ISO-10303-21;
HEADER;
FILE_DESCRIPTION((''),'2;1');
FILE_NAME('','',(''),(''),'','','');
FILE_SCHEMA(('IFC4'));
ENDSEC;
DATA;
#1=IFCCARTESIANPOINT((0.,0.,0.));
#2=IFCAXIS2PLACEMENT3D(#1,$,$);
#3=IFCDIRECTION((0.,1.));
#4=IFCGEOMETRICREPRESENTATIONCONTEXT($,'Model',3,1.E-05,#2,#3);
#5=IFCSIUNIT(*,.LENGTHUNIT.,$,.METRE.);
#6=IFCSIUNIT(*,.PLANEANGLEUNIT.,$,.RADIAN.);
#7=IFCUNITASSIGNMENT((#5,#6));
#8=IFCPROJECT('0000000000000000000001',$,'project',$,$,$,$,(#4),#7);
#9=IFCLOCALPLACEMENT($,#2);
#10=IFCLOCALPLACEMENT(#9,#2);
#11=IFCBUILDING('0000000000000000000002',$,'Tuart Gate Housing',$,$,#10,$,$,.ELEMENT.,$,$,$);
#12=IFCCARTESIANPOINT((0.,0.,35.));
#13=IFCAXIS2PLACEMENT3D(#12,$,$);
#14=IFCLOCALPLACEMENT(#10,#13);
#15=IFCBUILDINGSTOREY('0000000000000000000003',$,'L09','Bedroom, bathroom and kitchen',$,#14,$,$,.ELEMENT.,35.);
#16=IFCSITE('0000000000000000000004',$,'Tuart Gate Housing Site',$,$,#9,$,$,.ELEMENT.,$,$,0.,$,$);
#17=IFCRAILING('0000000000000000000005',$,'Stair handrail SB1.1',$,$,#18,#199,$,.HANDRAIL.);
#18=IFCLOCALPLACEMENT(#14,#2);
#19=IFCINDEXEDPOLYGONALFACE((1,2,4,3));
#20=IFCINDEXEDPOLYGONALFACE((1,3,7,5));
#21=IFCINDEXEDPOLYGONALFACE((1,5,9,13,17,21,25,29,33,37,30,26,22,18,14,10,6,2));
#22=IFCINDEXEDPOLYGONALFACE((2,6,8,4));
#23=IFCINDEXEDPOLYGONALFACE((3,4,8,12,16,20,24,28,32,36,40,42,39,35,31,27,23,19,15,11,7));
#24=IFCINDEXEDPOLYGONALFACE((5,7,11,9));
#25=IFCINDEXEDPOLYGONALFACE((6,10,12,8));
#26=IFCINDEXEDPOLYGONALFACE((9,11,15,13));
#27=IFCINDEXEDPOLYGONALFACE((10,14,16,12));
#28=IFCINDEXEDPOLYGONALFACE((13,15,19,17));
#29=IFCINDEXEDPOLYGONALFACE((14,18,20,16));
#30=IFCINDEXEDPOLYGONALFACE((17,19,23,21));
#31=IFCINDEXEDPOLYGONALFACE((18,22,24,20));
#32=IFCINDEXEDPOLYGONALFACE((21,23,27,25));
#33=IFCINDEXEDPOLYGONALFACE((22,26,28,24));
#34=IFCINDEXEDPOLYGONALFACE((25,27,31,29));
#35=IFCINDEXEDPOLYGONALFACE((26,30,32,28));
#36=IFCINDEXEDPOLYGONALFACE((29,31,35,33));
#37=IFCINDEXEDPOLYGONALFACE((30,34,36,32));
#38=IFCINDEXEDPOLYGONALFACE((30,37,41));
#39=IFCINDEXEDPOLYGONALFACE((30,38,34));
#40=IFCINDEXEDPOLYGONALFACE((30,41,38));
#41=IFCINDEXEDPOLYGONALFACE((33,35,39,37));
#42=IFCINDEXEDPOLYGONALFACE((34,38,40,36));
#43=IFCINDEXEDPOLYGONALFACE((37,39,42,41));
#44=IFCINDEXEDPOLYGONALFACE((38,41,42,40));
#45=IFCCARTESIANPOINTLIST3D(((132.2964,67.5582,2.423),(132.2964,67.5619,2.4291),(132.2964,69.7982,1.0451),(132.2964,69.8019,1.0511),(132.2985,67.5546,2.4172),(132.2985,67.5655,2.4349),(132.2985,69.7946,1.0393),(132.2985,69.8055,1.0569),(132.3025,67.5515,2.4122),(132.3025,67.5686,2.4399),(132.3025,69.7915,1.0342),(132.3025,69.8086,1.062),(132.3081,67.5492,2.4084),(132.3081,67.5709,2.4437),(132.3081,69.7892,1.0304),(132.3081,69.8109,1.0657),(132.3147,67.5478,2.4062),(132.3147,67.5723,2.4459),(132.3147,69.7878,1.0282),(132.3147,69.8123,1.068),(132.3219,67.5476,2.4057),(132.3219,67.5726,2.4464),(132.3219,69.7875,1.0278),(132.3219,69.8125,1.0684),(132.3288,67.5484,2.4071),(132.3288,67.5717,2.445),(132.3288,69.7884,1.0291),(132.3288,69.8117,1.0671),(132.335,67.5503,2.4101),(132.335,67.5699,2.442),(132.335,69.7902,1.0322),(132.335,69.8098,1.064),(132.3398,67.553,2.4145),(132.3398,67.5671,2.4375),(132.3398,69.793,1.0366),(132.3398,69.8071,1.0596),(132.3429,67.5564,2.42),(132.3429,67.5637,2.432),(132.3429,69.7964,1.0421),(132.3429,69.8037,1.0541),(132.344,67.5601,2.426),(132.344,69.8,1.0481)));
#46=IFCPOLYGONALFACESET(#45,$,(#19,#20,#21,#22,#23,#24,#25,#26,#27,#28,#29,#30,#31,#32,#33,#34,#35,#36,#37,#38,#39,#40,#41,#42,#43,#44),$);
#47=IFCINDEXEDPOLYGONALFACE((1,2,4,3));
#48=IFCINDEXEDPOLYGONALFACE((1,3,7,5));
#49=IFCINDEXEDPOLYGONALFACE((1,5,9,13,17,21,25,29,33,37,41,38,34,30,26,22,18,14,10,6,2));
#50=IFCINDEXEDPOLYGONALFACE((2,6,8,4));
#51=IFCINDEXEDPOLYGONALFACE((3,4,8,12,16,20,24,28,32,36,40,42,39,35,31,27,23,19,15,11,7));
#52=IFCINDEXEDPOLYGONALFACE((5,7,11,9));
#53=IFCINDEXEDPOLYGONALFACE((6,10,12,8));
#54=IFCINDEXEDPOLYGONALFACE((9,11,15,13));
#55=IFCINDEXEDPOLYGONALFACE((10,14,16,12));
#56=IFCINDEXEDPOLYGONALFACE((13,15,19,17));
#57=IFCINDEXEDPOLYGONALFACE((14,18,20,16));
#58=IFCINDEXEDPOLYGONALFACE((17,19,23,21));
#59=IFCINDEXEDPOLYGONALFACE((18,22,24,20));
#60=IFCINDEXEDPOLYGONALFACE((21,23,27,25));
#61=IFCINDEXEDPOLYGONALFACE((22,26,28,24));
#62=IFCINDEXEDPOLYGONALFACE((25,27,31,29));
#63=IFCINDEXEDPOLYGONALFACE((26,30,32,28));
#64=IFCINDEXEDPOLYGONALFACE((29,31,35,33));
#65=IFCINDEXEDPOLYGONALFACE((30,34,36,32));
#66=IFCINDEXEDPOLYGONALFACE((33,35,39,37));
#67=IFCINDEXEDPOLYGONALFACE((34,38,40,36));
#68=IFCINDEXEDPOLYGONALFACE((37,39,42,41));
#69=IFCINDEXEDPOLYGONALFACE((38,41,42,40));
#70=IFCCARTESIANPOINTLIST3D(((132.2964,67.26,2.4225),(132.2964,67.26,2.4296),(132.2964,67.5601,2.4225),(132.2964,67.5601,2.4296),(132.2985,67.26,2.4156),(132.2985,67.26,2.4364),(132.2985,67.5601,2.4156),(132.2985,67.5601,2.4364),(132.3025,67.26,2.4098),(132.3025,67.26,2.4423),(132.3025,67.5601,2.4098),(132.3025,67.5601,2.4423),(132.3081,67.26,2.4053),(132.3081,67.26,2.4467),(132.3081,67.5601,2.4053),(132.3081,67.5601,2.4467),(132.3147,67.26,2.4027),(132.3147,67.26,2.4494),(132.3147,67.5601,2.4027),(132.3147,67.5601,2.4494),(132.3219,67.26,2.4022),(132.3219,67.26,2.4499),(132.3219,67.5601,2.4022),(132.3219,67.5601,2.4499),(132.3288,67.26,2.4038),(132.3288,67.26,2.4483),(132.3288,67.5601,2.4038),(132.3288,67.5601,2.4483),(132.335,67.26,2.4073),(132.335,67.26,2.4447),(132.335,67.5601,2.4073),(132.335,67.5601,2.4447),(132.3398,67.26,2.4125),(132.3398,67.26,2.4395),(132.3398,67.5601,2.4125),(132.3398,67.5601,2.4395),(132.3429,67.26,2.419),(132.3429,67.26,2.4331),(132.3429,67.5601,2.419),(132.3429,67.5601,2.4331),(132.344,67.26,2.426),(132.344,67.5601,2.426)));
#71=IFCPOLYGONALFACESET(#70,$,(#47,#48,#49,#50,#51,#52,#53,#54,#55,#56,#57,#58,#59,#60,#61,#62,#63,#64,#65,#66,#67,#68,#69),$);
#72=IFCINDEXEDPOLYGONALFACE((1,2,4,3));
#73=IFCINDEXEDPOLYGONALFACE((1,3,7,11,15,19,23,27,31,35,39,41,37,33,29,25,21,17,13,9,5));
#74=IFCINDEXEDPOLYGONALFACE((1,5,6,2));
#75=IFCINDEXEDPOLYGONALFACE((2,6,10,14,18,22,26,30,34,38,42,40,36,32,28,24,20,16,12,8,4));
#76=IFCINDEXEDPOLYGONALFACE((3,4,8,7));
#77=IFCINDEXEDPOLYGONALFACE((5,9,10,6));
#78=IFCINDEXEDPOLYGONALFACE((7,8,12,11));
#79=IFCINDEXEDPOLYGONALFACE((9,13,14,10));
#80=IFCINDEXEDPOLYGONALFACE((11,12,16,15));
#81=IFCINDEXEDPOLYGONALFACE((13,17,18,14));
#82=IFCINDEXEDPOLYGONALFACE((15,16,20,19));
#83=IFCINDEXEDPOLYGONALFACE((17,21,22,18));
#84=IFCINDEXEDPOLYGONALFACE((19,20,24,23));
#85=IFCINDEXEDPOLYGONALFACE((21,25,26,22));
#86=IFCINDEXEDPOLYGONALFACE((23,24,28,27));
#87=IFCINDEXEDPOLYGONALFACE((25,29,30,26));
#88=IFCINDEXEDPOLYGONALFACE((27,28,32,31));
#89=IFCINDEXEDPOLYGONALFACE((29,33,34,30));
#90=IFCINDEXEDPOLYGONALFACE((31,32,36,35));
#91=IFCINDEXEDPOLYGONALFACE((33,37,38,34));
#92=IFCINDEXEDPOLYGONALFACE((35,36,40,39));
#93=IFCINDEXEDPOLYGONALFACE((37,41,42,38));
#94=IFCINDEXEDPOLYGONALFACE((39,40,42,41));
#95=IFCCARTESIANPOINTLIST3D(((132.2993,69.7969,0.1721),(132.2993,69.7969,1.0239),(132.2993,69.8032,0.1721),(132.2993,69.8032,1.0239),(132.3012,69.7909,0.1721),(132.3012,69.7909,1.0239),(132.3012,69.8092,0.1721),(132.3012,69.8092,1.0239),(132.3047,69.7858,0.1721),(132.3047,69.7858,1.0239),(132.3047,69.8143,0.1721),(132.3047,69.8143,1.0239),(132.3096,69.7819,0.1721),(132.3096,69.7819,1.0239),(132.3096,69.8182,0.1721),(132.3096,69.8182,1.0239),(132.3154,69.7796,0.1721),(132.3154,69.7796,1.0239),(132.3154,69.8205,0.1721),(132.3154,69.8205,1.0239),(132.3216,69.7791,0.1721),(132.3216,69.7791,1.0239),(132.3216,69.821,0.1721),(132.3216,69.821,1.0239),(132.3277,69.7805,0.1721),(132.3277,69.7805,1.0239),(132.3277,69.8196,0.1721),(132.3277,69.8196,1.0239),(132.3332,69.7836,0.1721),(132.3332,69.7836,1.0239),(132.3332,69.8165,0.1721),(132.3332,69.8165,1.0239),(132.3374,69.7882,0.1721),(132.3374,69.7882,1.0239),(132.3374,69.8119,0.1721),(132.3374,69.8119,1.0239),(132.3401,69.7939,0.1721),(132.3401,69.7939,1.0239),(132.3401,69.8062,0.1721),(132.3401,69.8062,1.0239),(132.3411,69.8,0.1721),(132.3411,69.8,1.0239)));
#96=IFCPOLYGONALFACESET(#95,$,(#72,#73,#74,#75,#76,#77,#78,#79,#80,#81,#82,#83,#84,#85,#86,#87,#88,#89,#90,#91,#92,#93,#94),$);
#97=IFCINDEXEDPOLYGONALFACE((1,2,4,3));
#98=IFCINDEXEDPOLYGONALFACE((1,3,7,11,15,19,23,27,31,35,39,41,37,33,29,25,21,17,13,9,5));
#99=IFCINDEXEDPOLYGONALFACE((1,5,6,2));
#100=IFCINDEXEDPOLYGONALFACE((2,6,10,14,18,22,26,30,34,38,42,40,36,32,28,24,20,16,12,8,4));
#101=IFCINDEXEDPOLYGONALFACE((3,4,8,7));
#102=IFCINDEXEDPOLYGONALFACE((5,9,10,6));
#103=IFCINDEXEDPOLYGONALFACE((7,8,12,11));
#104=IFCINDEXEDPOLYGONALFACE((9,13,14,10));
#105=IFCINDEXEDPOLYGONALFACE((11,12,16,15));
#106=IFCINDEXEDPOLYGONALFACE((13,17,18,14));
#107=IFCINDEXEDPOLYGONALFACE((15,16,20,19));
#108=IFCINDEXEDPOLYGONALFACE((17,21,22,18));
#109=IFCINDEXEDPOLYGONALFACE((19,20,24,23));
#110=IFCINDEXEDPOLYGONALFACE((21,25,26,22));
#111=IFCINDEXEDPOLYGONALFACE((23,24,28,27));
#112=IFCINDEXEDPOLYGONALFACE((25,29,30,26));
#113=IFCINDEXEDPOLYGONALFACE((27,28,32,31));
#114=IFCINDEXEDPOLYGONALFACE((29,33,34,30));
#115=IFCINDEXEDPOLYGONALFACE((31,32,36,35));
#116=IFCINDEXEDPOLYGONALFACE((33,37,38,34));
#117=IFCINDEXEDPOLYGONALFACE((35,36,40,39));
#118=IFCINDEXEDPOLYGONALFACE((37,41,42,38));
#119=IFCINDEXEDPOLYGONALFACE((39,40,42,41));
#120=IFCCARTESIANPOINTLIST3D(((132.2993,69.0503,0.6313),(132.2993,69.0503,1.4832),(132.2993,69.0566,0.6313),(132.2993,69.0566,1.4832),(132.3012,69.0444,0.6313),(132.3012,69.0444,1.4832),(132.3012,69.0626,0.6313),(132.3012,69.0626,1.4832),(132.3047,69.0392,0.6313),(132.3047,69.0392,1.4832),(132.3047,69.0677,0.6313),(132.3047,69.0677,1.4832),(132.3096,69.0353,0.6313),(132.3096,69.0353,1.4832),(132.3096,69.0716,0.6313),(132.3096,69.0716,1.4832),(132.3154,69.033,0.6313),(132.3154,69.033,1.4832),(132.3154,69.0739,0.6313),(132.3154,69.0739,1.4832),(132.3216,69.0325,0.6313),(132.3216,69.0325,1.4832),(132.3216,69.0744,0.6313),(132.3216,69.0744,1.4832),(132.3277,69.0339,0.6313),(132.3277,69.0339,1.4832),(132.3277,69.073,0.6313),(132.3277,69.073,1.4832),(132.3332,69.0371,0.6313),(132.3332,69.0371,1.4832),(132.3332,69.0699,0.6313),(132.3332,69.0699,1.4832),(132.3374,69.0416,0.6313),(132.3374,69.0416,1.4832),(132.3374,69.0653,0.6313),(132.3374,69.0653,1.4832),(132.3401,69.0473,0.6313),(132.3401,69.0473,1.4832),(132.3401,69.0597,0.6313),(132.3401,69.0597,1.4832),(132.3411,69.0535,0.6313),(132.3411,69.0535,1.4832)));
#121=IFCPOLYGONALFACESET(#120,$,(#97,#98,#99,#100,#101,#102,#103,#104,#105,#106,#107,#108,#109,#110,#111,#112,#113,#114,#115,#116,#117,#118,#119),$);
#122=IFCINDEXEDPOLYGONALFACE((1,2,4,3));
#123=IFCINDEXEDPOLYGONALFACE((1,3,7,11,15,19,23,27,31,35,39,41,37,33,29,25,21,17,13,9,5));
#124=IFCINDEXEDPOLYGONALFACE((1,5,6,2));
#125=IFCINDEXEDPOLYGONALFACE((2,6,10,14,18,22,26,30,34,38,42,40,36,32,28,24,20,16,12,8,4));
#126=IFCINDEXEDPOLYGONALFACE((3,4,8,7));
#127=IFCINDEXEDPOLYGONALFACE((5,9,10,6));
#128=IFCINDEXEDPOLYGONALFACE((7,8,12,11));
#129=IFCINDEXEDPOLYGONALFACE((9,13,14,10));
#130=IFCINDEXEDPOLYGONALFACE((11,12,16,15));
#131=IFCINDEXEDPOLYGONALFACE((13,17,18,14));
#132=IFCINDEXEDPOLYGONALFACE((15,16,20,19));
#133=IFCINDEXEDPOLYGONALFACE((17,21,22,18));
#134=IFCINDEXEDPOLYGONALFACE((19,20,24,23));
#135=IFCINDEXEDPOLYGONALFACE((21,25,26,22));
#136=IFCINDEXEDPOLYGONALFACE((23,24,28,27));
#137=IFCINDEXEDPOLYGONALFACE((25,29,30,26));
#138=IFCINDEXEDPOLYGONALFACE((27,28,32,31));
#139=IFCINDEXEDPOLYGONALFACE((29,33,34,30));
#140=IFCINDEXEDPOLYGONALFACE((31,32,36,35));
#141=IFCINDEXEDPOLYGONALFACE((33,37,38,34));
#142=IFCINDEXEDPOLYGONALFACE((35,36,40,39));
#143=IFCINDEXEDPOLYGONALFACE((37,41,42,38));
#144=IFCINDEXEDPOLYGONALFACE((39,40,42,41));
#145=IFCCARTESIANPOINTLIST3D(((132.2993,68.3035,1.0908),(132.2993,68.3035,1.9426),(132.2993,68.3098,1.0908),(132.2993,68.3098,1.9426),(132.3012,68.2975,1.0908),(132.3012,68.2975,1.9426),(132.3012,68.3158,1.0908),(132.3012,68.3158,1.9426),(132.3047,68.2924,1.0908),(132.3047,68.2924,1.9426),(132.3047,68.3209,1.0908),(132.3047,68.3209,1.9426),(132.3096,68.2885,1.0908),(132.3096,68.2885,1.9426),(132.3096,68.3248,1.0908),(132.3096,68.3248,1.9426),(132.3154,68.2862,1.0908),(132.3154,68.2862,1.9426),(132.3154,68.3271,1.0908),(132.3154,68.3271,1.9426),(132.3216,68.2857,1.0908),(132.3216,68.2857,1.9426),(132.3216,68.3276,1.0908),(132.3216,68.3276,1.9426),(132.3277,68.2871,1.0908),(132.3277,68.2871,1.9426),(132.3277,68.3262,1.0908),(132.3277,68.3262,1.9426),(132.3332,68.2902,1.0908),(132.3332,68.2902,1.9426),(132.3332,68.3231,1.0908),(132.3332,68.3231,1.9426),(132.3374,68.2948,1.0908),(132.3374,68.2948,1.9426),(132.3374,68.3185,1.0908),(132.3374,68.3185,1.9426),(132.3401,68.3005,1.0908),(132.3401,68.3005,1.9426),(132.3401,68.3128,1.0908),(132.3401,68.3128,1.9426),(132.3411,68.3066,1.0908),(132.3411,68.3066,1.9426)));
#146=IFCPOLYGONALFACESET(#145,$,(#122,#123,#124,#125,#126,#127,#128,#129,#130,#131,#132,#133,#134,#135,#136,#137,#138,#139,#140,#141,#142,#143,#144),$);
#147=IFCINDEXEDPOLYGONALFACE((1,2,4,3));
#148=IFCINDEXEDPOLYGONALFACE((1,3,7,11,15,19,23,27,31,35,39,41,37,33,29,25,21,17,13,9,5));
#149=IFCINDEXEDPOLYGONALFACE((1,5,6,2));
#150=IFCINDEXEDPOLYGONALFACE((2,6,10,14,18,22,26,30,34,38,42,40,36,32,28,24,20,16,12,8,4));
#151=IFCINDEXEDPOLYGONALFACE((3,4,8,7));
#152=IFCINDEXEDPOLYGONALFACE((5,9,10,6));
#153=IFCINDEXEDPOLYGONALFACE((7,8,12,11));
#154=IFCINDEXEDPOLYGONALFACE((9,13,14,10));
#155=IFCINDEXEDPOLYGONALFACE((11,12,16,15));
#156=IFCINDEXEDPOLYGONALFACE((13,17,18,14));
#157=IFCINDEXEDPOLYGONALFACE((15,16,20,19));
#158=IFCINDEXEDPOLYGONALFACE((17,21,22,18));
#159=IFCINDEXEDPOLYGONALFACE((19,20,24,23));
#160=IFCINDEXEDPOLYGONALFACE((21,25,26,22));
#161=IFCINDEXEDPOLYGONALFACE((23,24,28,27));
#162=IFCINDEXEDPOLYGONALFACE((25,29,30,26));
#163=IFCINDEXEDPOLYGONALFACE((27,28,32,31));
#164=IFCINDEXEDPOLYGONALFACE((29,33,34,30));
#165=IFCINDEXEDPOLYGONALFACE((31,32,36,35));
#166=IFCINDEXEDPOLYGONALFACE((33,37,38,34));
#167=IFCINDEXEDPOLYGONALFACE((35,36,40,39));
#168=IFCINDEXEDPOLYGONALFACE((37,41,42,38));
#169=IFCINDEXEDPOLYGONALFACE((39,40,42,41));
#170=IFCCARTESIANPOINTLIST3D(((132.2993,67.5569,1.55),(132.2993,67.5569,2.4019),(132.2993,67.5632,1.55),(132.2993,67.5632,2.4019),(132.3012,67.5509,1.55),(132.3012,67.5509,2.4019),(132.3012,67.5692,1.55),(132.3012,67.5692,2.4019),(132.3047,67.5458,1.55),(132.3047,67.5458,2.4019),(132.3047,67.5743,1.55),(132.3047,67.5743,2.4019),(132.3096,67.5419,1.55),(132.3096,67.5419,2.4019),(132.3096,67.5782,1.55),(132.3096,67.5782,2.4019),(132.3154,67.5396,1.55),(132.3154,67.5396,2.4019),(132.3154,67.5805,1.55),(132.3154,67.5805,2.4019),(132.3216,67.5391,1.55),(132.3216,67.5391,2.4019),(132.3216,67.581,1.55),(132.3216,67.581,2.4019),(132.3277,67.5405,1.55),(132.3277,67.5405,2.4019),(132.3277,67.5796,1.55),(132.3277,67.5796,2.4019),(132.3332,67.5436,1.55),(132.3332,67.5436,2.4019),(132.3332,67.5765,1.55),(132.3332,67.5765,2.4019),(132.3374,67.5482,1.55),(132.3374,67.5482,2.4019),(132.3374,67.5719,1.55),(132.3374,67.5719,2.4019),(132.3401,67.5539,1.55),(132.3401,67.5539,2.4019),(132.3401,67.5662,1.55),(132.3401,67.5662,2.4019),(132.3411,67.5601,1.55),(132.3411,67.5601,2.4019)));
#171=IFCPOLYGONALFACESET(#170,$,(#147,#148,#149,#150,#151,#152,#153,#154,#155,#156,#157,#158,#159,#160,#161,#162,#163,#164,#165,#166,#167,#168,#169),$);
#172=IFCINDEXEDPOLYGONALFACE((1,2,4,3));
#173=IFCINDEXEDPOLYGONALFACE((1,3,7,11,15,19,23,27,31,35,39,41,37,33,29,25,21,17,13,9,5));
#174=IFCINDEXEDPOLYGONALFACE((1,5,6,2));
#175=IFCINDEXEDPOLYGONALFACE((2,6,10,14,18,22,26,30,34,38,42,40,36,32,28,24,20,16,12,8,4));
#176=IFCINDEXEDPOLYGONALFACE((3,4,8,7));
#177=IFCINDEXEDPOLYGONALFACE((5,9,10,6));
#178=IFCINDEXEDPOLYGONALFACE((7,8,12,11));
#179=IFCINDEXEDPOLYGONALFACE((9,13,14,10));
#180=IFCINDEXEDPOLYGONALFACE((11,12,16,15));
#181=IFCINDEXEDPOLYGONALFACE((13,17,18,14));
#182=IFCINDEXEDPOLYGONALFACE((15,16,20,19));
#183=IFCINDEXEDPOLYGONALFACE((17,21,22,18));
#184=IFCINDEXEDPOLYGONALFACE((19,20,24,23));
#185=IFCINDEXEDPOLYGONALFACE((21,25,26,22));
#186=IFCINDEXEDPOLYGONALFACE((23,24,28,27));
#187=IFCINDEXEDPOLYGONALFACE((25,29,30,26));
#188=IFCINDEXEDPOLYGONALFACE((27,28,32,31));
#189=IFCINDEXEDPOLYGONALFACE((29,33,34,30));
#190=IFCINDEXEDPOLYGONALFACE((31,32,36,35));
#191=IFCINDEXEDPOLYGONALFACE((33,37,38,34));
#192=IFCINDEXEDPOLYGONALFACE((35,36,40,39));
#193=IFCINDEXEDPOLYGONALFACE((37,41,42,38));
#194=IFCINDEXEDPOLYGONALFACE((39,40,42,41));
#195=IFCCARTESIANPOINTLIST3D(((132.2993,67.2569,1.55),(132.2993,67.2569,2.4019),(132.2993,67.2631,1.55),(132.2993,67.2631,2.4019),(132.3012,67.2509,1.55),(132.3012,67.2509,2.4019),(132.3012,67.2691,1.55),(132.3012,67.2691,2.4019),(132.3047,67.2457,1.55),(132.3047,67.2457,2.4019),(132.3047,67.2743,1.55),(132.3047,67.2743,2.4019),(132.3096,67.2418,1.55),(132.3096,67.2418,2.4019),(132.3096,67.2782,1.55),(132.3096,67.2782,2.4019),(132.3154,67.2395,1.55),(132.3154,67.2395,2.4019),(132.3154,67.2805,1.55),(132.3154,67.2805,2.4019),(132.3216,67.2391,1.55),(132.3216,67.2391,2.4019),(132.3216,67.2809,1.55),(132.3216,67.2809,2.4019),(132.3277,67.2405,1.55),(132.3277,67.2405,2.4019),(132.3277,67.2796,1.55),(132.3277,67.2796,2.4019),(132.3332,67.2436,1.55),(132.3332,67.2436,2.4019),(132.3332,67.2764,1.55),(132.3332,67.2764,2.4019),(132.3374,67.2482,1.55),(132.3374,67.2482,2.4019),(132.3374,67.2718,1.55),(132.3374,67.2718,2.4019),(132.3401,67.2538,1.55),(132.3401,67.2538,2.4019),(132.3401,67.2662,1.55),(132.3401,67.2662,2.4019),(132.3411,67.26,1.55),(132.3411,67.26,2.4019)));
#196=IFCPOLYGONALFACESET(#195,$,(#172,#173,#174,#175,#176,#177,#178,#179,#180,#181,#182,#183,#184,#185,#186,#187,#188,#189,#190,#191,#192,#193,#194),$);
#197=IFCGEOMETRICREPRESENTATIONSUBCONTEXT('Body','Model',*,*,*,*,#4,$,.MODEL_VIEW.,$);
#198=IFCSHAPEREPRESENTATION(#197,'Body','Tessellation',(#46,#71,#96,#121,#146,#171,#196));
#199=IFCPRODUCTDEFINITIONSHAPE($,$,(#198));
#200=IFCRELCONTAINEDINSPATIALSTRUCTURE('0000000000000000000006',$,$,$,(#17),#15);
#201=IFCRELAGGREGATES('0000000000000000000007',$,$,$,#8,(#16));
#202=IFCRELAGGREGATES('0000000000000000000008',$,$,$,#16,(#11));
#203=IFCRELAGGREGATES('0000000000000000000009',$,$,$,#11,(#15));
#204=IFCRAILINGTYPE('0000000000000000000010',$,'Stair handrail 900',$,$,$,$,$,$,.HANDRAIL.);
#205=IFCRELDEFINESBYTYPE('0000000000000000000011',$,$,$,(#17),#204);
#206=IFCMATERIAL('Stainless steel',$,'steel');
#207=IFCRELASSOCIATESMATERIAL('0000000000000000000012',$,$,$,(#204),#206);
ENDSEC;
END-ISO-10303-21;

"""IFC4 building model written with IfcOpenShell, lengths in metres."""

from ifc_helpers import new_model, si_unit, direction, frame, origin, origin_2d, place, context, subcontext, project, spatial, circle, extrude, material, type_object, element, save


model = new_model("IFC4")

# Units and contexts
model_context = context("Model", 3, precision=1e-05, world=origin(), true_north=direction((0.0, 1.0)))
body_context = subcontext(model_context, "Body", "Model", "MODEL_VIEW")
ifc_project = project(units=[si_unit("LENGTHUNIT", "METRE"), si_unit("PLANEANGLEUNIT", "RADIAN")], contexts=[model_context])

# Site, building, storey
site_placement = place(None, origin())
site = spatial("IfcSite", under=ifc_project, at=site_placement, Name="Tuart Gate Housing Site", CompositionType="ELEMENT", RefElevation=0.0)
building_placement = place(site_placement, origin())
building = spatial("IfcBuilding", under=site, at=building_placement, Name="Tuart Gate Housing", CompositionType="ELEMENT")
storey_placement = place(building_placement, frame((0.0, 0.0, 35.0)))
storey = spatial("IfcBuildingStorey", under=building, at=storey_placement, Name="L09", Description="Bedroom, bathroom and kitchen", CompositionType="ELEMENT", Elevation=35.0)

# Railing
ifc_material_1 = material(Name="Stainless steel", Category="steel")
railing_type = type_object("IfcRailingType", Name="Stair handrail 900", PredefinedType="HANDRAIL", material=ifc_material_1)
railing_placement = place(storey_placement, frame((132.3201, 69.8, 0.1721)))
element("IfcRailing", 1, at=railing_placement, inside=storey, type_object=railing_type, Name="Stair handrail SB1.1", PredefinedType="HANDRAIL", context=body_context, shape_type="SweptSolid", body=[
    extrude(circle(Radius=0.0239, at=origin_2d()), frame((0.0, 0.0, 0.876), z_axis=(0.0, -0.851748, 0.523952), x_axis=(1.0, 0.0, 0.0)), (0.0, 0.0, 1.0), 2.6299),
    extrude(circle(Radius=0.0239, at=origin_2d()), frame((0.0, -2.24, 2.2539), z_axis=(0.0, -1.0, 0.0), x_axis=(1.0, 0.0, 0.0)), (0.0, 0.0, 1.0), 0.3),
    extrude(circle(Radius=0.021, at=origin_2d()), origin(), (0.0, 0.0, 1.0), 0.8518),
    extrude(circle(Radius=0.021, at=origin_2d()), frame((0.0, -0.7466, 0.4592)), (0.0, 0.0, 1.0), 0.8518),
    extrude(circle(Radius=0.021, at=origin_2d()), frame((0.0, -1.4934, 0.9187)), (0.0, 0.0, 1.0), 0.8518),
    extrude(circle(Radius=0.021, at=origin_2d()), frame((0.0, -2.24, 1.3779)), (0.0, 0.0, 1.0), 0.8518),
    extrude(circle(Radius=0.021, at=origin_2d()), frame((0.0, -2.54, 1.3779)), (0.0, 0.0, 1.0), 0.8518),
])

save(model, "model.ifc")
